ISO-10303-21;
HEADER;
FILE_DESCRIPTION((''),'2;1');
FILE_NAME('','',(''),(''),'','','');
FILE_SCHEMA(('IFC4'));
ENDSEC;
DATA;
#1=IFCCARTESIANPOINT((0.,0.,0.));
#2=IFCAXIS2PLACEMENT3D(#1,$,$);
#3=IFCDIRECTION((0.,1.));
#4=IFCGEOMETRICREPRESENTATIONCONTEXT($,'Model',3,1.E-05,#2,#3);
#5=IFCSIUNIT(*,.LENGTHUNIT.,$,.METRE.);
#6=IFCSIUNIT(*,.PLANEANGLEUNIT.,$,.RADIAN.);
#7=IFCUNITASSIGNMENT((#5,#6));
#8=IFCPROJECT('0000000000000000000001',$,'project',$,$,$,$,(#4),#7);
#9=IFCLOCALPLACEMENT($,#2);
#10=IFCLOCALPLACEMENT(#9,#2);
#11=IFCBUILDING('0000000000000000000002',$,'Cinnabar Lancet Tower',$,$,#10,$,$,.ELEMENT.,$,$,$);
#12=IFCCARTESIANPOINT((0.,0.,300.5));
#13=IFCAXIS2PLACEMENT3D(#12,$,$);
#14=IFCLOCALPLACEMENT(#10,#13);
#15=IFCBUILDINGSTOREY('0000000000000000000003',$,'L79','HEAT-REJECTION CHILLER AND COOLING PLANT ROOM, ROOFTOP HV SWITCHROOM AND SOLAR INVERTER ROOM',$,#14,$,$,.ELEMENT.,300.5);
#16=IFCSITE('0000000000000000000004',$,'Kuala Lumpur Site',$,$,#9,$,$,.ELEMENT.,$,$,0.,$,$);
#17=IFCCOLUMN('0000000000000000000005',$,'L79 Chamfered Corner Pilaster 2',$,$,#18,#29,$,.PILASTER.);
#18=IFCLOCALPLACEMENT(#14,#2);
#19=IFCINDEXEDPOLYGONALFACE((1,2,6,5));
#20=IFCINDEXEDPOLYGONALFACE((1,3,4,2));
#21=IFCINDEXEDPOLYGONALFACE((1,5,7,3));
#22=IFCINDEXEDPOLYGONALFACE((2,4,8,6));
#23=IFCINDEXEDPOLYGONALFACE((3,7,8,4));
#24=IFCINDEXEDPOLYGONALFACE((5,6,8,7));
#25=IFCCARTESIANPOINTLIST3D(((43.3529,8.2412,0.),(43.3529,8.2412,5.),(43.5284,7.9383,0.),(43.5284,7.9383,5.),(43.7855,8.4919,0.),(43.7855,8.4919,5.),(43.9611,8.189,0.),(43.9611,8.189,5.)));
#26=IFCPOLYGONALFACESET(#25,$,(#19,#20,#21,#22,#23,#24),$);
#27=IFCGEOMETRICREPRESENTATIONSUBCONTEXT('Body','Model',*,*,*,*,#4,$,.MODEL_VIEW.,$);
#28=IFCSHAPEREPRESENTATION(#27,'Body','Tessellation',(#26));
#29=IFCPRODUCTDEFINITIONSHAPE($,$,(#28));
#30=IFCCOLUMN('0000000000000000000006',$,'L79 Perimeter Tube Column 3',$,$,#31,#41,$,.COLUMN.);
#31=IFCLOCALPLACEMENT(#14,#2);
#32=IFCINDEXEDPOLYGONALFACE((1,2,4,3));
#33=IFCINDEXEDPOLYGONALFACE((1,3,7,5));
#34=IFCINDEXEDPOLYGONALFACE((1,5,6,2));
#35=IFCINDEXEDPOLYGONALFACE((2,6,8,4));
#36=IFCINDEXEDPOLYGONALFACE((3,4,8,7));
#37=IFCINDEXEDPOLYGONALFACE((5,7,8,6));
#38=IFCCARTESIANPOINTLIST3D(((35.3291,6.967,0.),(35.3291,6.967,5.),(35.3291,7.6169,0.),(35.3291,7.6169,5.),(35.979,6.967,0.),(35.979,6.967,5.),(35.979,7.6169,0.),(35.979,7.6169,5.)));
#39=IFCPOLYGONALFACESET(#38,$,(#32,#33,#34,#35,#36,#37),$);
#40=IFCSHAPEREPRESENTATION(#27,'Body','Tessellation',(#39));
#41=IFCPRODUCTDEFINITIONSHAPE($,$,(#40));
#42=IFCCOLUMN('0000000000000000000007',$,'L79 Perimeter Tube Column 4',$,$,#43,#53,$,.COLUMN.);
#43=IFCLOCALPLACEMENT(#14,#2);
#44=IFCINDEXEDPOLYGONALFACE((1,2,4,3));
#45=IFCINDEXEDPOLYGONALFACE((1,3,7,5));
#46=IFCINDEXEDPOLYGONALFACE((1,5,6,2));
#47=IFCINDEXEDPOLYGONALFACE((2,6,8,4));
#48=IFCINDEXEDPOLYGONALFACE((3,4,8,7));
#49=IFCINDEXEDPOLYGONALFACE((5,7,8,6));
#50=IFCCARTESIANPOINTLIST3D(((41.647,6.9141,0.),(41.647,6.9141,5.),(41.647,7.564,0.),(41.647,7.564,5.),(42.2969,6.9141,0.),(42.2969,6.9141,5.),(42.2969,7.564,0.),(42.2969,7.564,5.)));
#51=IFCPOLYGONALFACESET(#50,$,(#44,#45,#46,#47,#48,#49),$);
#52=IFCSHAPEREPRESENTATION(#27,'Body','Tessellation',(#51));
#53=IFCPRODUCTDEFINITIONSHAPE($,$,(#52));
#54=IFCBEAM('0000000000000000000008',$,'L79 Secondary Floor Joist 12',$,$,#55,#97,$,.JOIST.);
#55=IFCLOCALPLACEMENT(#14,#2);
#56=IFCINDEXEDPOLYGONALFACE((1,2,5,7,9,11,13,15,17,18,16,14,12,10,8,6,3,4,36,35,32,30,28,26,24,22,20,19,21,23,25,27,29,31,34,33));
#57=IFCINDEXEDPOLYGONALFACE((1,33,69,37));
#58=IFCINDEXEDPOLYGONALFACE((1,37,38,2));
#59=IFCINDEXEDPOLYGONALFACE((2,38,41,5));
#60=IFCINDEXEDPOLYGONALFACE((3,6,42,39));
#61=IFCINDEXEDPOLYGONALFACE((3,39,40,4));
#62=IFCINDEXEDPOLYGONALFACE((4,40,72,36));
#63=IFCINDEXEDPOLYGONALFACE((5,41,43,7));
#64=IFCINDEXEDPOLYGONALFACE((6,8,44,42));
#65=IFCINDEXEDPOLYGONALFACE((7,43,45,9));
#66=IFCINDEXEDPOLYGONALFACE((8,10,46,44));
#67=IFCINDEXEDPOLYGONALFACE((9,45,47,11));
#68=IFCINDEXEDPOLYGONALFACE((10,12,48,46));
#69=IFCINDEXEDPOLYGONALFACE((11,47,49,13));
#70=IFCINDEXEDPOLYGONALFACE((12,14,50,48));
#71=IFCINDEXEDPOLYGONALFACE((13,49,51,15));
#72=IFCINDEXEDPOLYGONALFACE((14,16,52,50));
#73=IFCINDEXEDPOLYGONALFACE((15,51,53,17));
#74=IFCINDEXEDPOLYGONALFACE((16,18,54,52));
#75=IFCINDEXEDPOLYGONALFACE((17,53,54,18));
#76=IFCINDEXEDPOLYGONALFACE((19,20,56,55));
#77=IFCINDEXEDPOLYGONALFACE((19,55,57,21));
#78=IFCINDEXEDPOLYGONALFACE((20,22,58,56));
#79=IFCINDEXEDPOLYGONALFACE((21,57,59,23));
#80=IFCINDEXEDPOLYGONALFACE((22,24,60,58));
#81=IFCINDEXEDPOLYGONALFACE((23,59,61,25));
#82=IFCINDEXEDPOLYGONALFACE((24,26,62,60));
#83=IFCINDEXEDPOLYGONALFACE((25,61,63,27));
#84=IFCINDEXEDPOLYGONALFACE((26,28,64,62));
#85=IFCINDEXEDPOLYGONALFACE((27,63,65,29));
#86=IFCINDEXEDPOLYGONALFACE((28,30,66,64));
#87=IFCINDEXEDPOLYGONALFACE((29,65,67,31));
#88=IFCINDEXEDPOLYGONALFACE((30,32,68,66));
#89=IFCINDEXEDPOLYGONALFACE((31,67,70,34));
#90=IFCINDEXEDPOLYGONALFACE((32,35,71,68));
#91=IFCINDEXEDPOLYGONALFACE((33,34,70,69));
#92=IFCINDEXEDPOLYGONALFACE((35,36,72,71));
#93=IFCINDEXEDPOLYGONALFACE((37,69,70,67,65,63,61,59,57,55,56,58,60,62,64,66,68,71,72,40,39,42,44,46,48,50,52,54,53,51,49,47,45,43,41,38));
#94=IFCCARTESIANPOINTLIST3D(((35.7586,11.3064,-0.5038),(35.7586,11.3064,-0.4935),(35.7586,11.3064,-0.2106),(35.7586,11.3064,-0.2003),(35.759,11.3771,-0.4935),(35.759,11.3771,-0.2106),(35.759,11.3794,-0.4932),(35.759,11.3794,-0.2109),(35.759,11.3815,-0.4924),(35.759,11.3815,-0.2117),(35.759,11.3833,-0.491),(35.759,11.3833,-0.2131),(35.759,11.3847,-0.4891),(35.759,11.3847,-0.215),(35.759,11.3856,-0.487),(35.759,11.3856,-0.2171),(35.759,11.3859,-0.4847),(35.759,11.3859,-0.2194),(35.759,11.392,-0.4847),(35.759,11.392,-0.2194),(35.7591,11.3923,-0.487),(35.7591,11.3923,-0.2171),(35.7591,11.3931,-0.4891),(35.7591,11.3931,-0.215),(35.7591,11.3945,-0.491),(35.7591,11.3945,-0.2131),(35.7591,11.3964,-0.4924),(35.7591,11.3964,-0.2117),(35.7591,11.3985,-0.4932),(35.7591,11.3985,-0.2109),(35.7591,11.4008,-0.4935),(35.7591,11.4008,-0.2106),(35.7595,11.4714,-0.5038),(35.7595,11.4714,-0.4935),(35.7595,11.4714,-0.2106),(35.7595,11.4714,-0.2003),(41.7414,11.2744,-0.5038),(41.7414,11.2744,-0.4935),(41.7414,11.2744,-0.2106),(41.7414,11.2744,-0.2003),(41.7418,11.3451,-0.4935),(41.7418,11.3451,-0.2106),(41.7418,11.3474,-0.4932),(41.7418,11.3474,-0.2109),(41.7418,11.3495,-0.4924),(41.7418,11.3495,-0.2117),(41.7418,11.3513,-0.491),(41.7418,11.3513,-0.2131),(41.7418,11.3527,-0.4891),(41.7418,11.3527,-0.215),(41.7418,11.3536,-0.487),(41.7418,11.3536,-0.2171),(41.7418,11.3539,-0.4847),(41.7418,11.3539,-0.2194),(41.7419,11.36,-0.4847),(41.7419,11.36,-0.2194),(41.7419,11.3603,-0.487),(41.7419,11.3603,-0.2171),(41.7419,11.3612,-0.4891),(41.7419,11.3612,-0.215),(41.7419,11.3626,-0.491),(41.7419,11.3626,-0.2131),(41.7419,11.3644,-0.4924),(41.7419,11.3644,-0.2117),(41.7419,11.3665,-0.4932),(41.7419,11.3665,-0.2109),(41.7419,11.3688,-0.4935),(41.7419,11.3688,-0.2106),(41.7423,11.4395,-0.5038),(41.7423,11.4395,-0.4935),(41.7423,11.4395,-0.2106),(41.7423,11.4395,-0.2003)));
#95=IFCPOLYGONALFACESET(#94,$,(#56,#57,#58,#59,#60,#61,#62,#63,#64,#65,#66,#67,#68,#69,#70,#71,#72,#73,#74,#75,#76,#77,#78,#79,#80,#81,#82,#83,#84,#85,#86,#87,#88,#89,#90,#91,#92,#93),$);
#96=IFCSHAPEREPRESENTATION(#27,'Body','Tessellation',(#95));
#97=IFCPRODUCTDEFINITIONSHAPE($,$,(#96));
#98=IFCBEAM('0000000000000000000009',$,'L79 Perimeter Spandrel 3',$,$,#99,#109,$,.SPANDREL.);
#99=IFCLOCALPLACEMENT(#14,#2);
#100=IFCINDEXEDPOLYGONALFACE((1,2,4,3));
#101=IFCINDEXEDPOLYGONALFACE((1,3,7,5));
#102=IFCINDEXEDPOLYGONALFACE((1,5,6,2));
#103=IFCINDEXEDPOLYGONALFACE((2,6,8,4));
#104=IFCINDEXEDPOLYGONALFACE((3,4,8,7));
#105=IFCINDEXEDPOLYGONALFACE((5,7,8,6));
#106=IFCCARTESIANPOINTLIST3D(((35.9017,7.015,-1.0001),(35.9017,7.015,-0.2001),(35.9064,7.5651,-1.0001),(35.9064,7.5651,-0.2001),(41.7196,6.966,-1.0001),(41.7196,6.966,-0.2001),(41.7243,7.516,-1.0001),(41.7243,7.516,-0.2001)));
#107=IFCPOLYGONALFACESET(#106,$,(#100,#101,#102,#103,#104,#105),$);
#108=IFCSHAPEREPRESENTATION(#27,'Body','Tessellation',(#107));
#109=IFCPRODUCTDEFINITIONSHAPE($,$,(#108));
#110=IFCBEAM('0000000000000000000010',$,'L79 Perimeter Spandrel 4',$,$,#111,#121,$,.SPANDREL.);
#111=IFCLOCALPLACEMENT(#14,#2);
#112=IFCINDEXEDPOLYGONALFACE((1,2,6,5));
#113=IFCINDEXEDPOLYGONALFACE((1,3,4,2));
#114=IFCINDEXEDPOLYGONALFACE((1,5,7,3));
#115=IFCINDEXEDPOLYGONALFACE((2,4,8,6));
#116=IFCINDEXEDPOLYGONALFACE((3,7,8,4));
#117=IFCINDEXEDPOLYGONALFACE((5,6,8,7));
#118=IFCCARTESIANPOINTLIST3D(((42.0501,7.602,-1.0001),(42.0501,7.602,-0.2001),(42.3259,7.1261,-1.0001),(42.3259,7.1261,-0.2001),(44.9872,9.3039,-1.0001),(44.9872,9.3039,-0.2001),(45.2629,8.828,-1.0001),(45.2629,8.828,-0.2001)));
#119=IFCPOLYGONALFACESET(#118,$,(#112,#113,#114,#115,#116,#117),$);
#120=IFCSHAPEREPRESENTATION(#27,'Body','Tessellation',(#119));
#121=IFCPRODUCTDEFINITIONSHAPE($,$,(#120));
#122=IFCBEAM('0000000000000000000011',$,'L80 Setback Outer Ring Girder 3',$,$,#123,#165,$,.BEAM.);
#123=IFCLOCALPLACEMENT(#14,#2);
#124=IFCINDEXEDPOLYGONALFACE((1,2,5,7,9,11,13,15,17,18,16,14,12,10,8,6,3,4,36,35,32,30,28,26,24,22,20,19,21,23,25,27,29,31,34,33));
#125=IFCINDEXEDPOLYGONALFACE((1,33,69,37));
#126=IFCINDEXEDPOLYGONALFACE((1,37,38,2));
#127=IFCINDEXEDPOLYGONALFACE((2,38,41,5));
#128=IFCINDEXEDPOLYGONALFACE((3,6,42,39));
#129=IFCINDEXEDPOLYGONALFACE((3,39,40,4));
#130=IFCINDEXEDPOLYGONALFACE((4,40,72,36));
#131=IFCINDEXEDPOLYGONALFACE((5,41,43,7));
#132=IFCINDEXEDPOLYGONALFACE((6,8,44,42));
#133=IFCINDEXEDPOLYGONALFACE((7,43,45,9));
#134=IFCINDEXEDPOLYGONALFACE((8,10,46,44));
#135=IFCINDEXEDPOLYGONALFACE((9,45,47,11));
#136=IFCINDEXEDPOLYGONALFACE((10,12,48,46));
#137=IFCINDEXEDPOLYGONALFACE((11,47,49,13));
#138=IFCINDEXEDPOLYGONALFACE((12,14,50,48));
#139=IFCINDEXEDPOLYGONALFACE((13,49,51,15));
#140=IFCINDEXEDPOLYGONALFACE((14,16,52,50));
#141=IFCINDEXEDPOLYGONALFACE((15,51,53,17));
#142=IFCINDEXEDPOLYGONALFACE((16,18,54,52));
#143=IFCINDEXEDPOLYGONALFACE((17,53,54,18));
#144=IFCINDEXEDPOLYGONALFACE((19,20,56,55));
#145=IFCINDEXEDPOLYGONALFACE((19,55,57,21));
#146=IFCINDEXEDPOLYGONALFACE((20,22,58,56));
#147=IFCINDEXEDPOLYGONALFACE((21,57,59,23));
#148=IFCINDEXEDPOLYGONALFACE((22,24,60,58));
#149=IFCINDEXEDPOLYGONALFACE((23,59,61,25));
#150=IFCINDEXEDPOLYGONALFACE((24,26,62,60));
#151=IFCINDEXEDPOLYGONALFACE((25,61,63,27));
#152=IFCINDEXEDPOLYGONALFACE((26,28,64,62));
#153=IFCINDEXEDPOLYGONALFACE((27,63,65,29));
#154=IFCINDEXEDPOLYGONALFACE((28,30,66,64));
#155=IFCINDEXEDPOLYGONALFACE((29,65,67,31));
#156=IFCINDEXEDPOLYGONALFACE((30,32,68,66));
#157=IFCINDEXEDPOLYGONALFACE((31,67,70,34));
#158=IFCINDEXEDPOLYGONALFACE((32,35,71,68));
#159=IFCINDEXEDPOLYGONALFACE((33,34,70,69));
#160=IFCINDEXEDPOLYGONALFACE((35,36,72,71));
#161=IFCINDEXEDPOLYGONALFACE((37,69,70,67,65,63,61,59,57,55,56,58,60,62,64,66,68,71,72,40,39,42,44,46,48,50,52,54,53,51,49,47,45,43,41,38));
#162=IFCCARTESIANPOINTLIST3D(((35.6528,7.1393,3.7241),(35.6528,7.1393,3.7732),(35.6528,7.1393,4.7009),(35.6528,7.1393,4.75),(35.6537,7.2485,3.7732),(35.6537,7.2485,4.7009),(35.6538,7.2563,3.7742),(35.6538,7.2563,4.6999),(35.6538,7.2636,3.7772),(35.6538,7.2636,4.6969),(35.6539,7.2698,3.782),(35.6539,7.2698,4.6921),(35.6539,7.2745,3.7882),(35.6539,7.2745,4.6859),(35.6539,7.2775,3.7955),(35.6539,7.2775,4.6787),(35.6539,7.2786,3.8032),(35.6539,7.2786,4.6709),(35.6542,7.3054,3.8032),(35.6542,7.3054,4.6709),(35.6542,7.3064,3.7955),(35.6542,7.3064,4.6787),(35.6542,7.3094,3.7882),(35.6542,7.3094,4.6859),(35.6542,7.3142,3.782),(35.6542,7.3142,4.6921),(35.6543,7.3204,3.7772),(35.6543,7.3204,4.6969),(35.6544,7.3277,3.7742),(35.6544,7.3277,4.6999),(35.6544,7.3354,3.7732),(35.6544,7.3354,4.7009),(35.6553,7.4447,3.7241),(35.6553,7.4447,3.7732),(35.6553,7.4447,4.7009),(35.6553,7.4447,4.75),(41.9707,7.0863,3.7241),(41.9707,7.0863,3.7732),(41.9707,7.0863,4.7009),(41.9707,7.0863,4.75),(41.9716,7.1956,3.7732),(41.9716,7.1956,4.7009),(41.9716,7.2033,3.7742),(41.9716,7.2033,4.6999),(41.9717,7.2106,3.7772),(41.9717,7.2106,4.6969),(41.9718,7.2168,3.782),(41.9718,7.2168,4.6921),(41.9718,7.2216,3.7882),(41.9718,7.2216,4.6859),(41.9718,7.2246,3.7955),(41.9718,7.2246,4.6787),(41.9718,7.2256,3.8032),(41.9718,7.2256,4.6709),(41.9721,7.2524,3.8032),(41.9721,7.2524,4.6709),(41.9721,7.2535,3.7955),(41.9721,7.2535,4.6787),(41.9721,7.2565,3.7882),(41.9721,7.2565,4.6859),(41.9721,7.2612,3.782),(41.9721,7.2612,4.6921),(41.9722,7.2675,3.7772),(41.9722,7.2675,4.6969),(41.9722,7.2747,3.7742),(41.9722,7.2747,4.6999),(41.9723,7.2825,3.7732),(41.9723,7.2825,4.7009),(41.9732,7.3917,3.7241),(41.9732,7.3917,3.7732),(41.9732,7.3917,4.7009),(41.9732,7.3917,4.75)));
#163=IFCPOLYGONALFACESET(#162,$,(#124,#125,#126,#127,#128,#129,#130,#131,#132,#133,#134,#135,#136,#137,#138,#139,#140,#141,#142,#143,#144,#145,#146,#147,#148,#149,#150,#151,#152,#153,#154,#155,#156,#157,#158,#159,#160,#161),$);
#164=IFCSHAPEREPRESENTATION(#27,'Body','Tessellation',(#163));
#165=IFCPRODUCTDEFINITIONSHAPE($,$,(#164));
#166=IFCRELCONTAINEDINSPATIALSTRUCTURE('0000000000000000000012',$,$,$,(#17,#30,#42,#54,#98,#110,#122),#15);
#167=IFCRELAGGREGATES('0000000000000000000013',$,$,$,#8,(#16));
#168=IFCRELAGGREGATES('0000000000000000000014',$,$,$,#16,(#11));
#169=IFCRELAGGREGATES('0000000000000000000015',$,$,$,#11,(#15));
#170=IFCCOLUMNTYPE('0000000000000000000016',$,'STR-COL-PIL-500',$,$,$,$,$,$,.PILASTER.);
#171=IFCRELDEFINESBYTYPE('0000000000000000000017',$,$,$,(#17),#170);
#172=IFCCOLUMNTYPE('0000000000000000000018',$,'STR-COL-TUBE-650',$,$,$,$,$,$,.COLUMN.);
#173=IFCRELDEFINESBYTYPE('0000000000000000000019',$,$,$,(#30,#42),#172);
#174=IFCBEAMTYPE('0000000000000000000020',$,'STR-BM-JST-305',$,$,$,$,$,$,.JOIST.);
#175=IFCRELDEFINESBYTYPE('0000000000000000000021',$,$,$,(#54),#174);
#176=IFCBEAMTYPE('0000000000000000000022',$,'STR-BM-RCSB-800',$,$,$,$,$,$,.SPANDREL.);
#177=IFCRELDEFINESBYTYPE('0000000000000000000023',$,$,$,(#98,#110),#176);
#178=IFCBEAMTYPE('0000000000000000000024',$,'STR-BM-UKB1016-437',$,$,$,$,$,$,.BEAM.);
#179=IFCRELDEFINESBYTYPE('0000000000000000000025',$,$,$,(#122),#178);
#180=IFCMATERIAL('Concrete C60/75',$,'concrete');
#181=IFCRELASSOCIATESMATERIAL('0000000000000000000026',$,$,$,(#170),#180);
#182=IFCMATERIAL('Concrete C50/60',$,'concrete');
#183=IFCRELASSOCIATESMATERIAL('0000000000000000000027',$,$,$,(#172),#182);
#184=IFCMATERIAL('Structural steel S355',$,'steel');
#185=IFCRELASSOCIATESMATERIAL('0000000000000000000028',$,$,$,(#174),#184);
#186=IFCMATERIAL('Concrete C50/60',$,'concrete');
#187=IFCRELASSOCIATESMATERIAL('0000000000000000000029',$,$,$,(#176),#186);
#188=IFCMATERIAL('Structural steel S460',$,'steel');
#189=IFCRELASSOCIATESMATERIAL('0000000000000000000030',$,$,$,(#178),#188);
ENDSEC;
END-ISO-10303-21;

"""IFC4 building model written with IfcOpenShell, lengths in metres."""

from ifc_helpers import new_model, si_unit, direction, frame, origin, origin_2d, place, context, subcontext, project, spatial, rectangle, i_section, extrude, material, material_profile, profile_set, type_object, element, save


model = new_model("IFC4")

# Units and contexts
model_context = context("Model", 3, precision=1e-05, world=origin(), true_north=direction((0.0, 1.0)))
body_context = subcontext(model_context, "Body", "Model", "MODEL_VIEW")
ifc_project = project(units=[si_unit("LENGTHUNIT", "METRE"), si_unit("PLANEANGLEUNIT", "RADIAN")], contexts=[model_context])

# Site, building, storey
site_placement = place(None, origin())
site = spatial("IfcSite", under=ifc_project, at=site_placement, Name="Kuala Lumpur Site", CompositionType="ELEMENT", RefElevation=0.0)
building_placement = place(site_placement, origin())
building = spatial("IfcBuilding", under=site, at=building_placement, Name="Cinnabar Lancet Tower", CompositionType="ELEMENT")
storey_placement = place(building_placement, frame((0.0, 0.0, 300.5)))
storey = spatial("IfcBuildingStorey", under=building, at=storey_placement, Name="L79", Description="HEAT-REJECTION CHILLER AND COOLING PLANT ROOM, ROOFTOP HV SWITCHROOM AND SOLAR INVERTER ROOM", CompositionType="ELEMENT", Elevation=300.5)

# Columns
ifc_material_1 = material(Name="Concrete C60/75", Category="concrete")
ifc_material_profile_1 = material_profile(ifc_material_1, rectangle(XDim=0.5, YDim=0.3501, at=origin_2d()), Name="RC-PIL 500x350")
ifc_profile_set_1 = profile_set([ifc_material_profile_1], Name="Concrete C60/75")
column_type_1 = type_object("IfcColumnType", Name="STR-COL-PIL-500", PredefinedType="PILASTER", material=ifc_profile_set_1)
column_placement = place(storey_placement, frame((43.657, 8.2151, 0.0), z_axis=(0.0, 0.0, 1.0), x_axis=(0.865256, 0.50133, 0.0)))
element("IfcColumn", 1, at=column_placement, inside=storey, type_object=column_type_1, Name="L79 Chamfered Corner Pilaster 2", PredefinedType="PILASTER", context=body_context, shape_type="SweptSolid", body=[
    extrude(rectangle(XDim=0.5, YDim=0.3501, at=origin_2d()), origin(), (0.0, 0.0, 1.0), 5.0),
])
ifc_material_2 = material(Name="Concrete C50/60", Category="concrete")
ifc_material_profile_2 = material_profile(ifc_material_2, rectangle(XDim=0.6499, YDim=0.6499, at=origin_2d()), Name="RC-COL 650x650")
ifc_profile_set_2 = profile_set([ifc_material_profile_2], Name="Concrete C50/60")
column_type_2 = type_object("IfcColumnType", Name="STR-COL-TUBE-650", PredefinedType="COLUMN", material=ifc_profile_set_2)
for number, where, z_axis, x_axis, name in (
    (2, (35.6541, 7.292, 0.0), (0.0, 0.0, 1.0), (1.0, 0.0, 0.0), "L79 Perimeter Tube Column 3"),
    (3, (41.9719, 7.239, 0.0), (0.0, 0.0, 1.0), (1.0, 0.0, 0.0), "L79 Perimeter Tube Column 4"),
):
    element("IfcColumn", number, at=place(storey_placement, frame(where, z_axis=z_axis, x_axis=x_axis)), inside=storey, type_object=column_type_2, Name=name, PredefinedType="COLUMN", context=body_context, shape_type="SweptSolid", body=[
        extrude(rectangle(XDim=0.6499, YDim=0.6499, at=origin_2d()), origin(), (0.0, 0.0, 1.0), 5.0),
    ])

# Beams
ifc_material_3 = material(Name="Structural steel S355", Category="steel")
ifc_material_profile_3 = material_profile(ifc_material_3, i_section(OverallWidth=0.165, OverallDepth=0.3035, WebThickness=0.0061, FlangeThickness=0.0103, FilletRadius=0.0088, at=origin_2d()), Name="UKB 305x165x40")
ifc_profile_set_3 = profile_set([ifc_material_profile_3], Name="Structural steel S355")
beam_type_1 = type_object("IfcBeamType", Name="STR-BM-JST-305", PredefinedType="JOIST", material=ifc_profile_set_3)
beam_1_placement = place(storey_placement, frame((35.759, 11.3889, -0.3521), z_axis=(0.999986, -0.005346, 0.0), x_axis=(0.005346, 0.999986, 0.0)))
element("IfcBeam", 4, at=beam_1_placement, inside=storey, type_object=beam_type_1, Name="L79 Secondary Floor Joist 12", PredefinedType="JOIST", context=body_context, shape_type="SweptSolid", body=[
    extrude(i_section(OverallWidth=0.165, OverallDepth=0.3035, WebThickness=0.0061, FlangeThickness=0.0103, FilletRadius=0.0088, at=origin_2d()), origin(), (0.0, 0.0, 1.0), 5.9829),
])
ifc_material_4 = material(Name="Concrete C50/60", Category="concrete")
ifc_material_profile_4 = material_profile(ifc_material_4, rectangle(XDim=0.55, YDim=0.8, at=origin_2d()), Name="RC-SB 550x800")
ifc_profile_set_4 = profile_set([ifc_material_profile_4], Name="Concrete C50/60")
beam_type_2 = type_object("IfcBeamType", Name="STR-BM-RCSB-800", PredefinedType="SPANDREL", material=ifc_profile_set_4)
beam_2_placement = place(storey_placement, frame((35.9041, 7.29, -0.6001), z_axis=(0.999964, -0.008434, 0.0), x_axis=(0.008434, 0.999964, 0.0)))
element("IfcBeam", 5, at=beam_2_placement, inside=storey, type_object=beam_type_2, Name="L79 Perimeter Spandrel 3", PredefinedType="SPANDREL", context=body_context, shape_type="SweptSolid", body=[
    extrude(rectangle(XDim=0.55, YDim=0.8, at=origin_2d()), origin(), (0.0, 0.0, 1.0), 5.8181),
])
beam_3_placement = place(storey_placement, frame((42.188, 7.364, -0.6001), z_axis=(0.865231, 0.501374, 0.0), x_axis=(-0.501374, 0.865231, 0.0)))
element("IfcBeam", 6, at=beam_3_placement, inside=storey, type_object=beam_type_2, Name="L79 Perimeter Spandrel 4", PredefinedType="SPANDREL", context=body_context, shape_type="SweptSolid", body=[
    extrude(rectangle(XDim=0.55, YDim=0.8, at=origin_2d()), origin(), (0.0, 0.0, 1.0), 3.3945),
])
ifc_material_5 = material(Name="Structural steel S460", Category="steel")
ifc_material_profile_5 = material_profile(ifc_material_5, i_section(OverallWidth=0.3054, OverallDepth=1.0259, WebThickness=0.0269, FlangeThickness=0.0491, FilletRadius=0.03, at=origin_2d()), Name="UKB 1016x305x437")
ifc_profile_set_5 = profile_set([ifc_material_profile_5], Name="Structural steel S460")
beam_type_3 = type_object("IfcBeamType", Name="STR-BM-UKB1016-437", PredefinedType="BEAM", material=ifc_profile_set_5)
beam_4_placement = place(storey_placement, frame((35.6541, 7.292, 4.2371), z_axis=(0.999965, -0.008385, 0.0), x_axis=(0.008385, 0.999965, 0.0)))
element("IfcBeam", 7, at=beam_4_placement, inside=storey, type_object=beam_type_3, Name="L80 Setback Outer Ring Girder 3", PredefinedType="BEAM", context=body_context, shape_type="SweptSolid", body=[
    extrude(i_section(OverallWidth=0.3054, OverallDepth=1.0259, WebThickness=0.0269, FlangeThickness=0.0491, FilletRadius=0.03, at=origin_2d()), origin(), (0.0, 0.0, 1.0), 6.3181),
])

save(model, "model.ifc")
